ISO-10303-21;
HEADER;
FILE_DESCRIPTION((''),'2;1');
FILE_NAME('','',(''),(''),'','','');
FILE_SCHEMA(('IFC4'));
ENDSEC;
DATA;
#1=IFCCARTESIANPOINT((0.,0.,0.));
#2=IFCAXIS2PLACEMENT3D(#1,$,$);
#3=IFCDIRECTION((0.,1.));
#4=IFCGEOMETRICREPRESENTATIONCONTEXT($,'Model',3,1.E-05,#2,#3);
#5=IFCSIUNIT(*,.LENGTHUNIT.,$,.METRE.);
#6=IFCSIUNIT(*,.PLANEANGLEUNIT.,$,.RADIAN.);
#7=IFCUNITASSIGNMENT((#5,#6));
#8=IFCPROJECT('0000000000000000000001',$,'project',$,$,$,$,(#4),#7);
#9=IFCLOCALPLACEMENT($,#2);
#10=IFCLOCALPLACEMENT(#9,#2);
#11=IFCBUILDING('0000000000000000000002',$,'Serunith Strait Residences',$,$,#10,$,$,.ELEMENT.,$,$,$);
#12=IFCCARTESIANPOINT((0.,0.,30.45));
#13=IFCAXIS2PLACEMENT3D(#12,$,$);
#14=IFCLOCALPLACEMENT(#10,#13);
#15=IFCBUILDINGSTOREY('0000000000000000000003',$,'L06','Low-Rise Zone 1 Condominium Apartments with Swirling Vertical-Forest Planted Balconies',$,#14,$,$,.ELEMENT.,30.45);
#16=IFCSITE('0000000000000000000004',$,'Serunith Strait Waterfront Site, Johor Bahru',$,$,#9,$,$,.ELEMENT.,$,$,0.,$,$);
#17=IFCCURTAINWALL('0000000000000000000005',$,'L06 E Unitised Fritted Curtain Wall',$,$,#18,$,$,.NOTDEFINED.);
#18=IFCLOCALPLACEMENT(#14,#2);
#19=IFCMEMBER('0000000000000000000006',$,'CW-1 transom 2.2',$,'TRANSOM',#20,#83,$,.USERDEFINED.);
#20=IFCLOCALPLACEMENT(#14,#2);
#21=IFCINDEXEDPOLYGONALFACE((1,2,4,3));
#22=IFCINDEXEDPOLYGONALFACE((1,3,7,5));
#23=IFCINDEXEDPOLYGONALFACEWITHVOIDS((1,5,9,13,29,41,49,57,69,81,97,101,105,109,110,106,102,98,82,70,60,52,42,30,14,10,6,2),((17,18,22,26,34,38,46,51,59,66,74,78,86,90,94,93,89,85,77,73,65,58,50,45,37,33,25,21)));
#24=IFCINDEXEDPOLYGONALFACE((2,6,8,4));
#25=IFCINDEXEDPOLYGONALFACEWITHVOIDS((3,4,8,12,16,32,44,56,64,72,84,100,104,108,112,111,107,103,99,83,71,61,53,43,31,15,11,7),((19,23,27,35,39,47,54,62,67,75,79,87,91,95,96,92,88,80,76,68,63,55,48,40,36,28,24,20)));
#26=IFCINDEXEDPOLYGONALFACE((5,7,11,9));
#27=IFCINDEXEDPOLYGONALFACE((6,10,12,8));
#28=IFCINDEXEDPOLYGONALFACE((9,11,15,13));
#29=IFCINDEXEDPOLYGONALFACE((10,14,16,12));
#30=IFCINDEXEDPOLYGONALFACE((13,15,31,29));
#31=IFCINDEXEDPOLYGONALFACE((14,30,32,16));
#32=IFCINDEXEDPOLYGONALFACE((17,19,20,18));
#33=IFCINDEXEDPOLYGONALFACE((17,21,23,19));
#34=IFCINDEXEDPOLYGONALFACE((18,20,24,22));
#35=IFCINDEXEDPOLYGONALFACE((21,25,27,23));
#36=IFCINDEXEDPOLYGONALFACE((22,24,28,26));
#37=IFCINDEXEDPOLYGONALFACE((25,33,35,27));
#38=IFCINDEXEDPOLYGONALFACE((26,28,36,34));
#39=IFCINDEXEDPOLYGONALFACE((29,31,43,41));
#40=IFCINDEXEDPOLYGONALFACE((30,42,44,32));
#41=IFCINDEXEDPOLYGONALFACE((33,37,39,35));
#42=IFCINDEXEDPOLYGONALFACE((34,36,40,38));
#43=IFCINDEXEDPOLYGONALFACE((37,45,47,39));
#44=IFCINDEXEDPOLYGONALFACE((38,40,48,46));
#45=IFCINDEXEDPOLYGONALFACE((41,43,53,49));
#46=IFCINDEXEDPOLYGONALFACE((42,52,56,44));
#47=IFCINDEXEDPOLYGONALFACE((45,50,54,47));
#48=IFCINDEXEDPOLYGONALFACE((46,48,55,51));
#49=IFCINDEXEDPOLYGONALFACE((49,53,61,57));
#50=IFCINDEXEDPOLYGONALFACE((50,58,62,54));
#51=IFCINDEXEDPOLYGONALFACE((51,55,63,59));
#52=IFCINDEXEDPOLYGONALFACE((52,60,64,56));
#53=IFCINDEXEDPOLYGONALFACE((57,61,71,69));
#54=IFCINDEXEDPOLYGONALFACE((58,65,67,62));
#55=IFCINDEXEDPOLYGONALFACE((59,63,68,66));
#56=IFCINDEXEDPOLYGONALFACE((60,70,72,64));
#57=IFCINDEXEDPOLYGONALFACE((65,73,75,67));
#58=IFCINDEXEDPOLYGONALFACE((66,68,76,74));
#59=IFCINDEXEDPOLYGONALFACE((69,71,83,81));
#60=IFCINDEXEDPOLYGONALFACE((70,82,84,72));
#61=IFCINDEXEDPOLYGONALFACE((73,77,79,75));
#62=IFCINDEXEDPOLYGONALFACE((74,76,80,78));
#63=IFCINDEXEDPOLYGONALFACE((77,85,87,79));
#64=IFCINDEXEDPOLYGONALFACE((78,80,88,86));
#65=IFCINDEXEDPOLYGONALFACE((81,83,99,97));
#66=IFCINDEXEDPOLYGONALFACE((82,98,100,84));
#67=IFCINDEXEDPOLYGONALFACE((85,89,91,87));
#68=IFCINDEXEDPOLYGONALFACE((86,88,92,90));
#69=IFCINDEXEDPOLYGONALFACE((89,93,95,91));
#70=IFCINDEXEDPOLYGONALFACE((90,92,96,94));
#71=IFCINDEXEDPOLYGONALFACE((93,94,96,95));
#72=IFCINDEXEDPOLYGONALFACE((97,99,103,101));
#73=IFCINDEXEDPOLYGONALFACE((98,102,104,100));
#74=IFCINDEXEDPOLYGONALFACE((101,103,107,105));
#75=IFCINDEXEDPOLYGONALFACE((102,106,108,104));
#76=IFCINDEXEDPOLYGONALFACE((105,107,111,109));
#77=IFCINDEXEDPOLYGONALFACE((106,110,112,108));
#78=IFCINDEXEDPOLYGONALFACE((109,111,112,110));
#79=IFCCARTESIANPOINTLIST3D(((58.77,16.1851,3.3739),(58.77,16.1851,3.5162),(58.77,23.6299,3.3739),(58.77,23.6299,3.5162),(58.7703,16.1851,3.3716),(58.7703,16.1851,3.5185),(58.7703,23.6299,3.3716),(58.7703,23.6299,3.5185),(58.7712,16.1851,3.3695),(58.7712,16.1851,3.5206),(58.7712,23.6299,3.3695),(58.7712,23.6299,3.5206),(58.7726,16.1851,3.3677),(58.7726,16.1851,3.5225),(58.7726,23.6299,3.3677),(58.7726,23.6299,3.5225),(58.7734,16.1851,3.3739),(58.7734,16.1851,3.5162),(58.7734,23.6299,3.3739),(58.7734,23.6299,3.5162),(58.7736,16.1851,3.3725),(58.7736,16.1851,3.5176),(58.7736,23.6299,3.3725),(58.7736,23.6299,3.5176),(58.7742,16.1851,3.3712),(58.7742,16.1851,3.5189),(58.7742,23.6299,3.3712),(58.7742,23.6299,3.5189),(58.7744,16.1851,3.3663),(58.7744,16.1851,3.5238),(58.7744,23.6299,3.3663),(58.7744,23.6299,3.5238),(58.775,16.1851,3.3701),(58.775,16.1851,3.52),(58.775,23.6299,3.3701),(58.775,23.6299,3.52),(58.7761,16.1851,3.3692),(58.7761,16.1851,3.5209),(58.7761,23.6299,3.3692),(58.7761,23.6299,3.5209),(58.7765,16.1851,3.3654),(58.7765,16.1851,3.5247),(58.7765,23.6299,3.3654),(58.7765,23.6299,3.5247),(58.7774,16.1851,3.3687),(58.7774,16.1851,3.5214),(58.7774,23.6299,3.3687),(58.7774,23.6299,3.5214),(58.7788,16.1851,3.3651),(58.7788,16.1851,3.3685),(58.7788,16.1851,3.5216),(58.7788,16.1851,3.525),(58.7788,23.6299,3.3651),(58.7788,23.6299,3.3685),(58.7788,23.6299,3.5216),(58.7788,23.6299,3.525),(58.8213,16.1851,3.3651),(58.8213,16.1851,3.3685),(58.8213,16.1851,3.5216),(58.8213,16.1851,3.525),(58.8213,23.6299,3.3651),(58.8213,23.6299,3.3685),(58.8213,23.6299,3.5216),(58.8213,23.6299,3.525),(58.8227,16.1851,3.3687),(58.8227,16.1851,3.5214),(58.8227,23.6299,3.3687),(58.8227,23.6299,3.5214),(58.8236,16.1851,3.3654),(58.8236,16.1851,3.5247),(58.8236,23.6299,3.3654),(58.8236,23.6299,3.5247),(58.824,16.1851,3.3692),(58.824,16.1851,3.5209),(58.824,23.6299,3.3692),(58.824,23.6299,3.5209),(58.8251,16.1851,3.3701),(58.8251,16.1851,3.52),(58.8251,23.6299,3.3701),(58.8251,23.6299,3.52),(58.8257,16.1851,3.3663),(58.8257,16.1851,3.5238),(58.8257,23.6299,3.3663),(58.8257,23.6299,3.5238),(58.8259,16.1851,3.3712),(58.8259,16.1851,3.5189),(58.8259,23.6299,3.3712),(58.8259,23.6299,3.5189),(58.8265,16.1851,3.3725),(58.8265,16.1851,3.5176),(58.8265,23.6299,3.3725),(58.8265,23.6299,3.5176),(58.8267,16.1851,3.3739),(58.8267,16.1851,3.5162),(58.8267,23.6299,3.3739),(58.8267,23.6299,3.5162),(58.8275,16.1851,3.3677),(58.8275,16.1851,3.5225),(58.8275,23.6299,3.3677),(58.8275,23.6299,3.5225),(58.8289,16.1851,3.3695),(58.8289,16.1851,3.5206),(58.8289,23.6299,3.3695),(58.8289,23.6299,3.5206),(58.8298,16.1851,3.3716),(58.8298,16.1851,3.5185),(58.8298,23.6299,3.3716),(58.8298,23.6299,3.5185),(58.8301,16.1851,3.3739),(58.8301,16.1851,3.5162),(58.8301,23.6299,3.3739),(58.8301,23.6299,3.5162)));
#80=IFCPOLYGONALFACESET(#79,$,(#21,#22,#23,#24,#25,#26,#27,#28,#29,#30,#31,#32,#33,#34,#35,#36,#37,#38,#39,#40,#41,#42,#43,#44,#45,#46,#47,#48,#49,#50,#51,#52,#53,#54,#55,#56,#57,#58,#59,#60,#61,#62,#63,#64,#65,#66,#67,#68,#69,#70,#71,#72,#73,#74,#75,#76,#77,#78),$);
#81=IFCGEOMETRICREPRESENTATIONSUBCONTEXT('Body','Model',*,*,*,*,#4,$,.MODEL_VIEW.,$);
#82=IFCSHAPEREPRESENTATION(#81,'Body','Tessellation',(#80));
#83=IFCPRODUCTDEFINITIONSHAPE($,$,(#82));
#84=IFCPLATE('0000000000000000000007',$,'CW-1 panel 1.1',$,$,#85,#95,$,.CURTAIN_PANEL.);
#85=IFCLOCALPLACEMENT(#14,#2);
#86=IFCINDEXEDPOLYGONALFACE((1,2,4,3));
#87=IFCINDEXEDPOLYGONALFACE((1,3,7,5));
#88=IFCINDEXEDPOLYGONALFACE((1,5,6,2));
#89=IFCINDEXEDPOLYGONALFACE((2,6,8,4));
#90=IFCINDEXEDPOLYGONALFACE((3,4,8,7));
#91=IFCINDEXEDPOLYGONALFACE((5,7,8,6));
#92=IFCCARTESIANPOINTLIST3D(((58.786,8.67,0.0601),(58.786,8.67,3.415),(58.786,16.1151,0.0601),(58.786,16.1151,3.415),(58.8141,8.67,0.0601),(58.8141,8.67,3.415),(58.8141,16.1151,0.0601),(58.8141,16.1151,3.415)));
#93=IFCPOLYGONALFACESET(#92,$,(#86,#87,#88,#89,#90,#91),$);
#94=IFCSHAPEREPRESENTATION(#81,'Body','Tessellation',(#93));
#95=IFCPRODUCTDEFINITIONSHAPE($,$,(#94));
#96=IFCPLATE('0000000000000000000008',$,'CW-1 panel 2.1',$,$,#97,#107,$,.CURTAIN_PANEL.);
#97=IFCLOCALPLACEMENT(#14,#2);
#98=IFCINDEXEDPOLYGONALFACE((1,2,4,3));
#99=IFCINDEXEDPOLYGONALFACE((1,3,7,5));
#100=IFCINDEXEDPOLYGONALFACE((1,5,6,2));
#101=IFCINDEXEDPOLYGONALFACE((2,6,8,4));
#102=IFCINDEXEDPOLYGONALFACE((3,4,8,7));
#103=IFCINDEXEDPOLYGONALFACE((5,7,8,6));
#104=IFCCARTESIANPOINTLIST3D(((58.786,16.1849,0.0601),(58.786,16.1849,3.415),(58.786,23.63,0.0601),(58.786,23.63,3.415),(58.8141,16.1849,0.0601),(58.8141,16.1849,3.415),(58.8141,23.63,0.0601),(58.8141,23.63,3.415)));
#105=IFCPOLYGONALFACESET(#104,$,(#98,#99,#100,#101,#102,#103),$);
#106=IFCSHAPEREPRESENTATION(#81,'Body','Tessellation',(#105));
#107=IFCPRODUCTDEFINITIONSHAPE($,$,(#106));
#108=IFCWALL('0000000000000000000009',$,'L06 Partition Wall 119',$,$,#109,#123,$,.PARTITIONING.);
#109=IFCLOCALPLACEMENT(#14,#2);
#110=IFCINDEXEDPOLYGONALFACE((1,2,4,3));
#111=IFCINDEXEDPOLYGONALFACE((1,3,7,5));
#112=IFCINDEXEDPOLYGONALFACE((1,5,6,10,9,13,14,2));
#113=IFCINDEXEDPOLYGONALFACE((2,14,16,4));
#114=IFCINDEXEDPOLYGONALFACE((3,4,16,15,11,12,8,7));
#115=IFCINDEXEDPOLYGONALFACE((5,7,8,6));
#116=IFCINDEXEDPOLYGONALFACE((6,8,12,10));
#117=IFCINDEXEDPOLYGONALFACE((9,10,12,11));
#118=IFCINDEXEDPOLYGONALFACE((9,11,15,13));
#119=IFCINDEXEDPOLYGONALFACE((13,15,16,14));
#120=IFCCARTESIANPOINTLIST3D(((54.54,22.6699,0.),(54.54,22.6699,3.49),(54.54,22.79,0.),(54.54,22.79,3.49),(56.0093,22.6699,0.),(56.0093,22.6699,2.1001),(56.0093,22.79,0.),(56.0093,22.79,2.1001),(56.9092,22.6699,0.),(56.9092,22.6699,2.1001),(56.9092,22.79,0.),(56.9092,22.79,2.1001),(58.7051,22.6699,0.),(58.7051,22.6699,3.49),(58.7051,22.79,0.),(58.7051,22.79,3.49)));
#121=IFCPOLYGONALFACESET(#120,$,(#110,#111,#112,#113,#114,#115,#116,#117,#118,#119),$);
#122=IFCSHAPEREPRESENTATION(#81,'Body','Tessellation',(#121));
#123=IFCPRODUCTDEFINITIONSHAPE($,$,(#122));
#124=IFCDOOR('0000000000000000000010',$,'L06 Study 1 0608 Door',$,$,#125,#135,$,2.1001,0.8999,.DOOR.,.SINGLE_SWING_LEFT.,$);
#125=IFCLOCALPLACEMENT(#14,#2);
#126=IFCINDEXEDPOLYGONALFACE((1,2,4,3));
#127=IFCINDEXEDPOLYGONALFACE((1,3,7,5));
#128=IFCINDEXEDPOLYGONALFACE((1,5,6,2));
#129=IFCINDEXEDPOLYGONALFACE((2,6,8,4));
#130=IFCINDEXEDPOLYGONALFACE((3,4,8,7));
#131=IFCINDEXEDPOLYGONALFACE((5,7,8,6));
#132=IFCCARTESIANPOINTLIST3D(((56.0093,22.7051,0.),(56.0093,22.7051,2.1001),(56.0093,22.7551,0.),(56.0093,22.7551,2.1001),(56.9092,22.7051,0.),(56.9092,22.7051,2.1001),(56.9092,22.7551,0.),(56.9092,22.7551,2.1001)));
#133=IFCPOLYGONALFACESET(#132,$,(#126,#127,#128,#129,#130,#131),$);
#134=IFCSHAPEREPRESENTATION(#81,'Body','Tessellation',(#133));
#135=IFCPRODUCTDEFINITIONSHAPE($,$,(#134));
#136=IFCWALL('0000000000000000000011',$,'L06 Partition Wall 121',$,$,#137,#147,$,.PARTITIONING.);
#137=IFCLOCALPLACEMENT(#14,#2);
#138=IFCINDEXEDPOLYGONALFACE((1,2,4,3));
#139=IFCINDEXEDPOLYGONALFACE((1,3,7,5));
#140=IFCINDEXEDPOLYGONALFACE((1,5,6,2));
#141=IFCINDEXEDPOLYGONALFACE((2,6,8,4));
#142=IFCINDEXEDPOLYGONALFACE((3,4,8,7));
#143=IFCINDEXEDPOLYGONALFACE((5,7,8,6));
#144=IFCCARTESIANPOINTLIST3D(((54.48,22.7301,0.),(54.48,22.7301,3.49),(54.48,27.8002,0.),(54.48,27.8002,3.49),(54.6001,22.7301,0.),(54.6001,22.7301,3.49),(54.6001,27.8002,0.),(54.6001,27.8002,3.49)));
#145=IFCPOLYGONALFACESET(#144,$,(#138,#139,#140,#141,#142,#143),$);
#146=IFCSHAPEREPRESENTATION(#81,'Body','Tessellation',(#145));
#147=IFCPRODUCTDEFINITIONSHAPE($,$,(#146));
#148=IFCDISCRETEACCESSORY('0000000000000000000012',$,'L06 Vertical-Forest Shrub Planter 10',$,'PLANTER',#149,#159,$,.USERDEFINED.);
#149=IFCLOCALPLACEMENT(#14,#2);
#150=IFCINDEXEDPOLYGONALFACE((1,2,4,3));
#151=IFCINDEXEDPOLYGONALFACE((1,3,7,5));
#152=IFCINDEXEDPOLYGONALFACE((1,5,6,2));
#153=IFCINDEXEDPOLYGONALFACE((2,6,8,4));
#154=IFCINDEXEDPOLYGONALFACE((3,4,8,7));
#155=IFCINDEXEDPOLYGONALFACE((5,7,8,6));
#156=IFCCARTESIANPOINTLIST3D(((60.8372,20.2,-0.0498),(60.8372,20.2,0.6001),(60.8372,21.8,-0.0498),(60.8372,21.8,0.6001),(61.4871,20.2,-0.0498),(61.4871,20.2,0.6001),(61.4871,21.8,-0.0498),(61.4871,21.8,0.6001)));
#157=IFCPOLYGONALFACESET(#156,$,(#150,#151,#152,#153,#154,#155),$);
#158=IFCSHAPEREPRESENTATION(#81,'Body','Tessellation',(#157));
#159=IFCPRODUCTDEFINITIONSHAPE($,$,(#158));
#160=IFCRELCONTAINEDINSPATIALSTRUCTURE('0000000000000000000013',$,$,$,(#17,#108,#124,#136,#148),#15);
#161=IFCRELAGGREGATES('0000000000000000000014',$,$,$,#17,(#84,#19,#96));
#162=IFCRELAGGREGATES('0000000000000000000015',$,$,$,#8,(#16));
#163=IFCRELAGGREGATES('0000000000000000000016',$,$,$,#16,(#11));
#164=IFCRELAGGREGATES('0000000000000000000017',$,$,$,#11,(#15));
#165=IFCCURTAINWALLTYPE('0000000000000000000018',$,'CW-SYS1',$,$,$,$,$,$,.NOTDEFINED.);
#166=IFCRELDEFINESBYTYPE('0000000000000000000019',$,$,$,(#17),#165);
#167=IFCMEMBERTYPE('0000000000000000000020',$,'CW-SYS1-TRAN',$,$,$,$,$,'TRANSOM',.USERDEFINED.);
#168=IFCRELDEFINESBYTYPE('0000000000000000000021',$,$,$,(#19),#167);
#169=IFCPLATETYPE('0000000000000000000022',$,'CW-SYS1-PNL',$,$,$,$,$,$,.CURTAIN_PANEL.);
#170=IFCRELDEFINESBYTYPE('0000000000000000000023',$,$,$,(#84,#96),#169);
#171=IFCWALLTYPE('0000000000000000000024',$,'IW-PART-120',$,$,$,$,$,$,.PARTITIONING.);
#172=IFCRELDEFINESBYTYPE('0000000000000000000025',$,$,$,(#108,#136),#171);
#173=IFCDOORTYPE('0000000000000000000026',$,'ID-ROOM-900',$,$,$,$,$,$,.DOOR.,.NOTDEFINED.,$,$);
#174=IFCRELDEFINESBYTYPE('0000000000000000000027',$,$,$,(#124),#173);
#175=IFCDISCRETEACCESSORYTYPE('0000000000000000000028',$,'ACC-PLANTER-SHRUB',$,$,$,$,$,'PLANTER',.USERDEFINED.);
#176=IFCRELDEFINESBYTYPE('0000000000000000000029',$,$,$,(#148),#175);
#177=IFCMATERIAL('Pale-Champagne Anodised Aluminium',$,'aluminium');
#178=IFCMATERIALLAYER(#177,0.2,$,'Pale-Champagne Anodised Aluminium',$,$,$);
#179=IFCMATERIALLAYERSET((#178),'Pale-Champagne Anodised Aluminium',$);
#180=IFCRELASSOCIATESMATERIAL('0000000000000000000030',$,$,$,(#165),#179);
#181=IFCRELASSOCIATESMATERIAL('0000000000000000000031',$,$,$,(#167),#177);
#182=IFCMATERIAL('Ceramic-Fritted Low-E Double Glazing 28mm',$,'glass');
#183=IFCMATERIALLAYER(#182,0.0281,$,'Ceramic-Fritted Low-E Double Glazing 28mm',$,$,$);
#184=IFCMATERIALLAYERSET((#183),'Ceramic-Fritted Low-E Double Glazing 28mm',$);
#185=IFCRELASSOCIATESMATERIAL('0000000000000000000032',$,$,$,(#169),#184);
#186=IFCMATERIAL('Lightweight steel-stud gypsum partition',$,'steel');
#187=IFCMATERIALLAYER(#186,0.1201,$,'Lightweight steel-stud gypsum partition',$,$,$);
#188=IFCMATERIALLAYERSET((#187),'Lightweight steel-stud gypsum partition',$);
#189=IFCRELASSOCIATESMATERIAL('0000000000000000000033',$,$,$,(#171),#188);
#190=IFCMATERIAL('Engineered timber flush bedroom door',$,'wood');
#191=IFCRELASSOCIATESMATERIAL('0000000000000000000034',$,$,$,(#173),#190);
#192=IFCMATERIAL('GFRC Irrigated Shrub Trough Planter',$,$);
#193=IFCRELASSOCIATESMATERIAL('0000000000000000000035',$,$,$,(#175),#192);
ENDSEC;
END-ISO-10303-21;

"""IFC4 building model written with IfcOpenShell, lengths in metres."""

from ifc_helpers import new_model, si_unit, direction, frame, frame_2d, origin, origin_2d, place, context, subcontext, project, spatial, rectangle, hollow_rectangle, extrude, source, transform, mapped, material, layer, layer_set, material_profile, profile_set, type_object, element, fill, aggregate, save


model = new_model("IFC4")

# Units and contexts
model_context = context("Model", 3, precision=1e-05, world=origin(), true_north=direction((0.0, 1.0)))
body_context = subcontext(model_context, "Body", "Model", "MODEL_VIEW")
ifc_project = project(units=[si_unit("LENGTHUNIT", "METRE"), si_unit("PLANEANGLEUNIT", "RADIAN")], contexts=[model_context])

# Site, building, storey
site_placement = place(None, origin())
site = spatial("IfcSite", under=ifc_project, at=site_placement, Name="Serunith Strait Waterfront Site, Johor Bahru", CompositionType="ELEMENT", RefElevation=0.0)
building_placement = place(site_placement, origin())
building = spatial("IfcBuilding", under=site, at=building_placement, Name="Serunith Strait Residences", CompositionType="ELEMENT")
storey_placement = place(building_placement, frame((0.0, 0.0, 30.45)))
storey = spatial("IfcBuildingStorey", under=building, at=storey_placement, Name="L06", Description="Low-Rise Zone 1 Condominium Apartments with Swirling Vertical-Forest Planted Balconies", CompositionType="ELEMENT", Elevation=30.45)

# Curtain wall, member, plates
ifc_material_1 = material(Name="Pale-Champagne Anodised Aluminium", Category="aluminium")
ifc_layer_1 = layer(ifc_material_1, 0.2, Name="Pale-Champagne Anodised Aluminium")
ifc_layer_set_1 = layer_set([ifc_layer_1], Name="Pale-Champagne Anodised Aluminium")
curtain_wall_type = type_object("IfcCurtainWallType", Name="CW-SYS1", PredefinedType="NOTDEFINED", material=ifc_layer_set_1)
curtain_wall_placement = place(storey_placement, origin())
curtain_wall = element("IfcCurtainWall", 1, at=curtain_wall_placement, inside=storey, type_object=curtain_wall_type, Name="L06 E Unitised Fritted Curtain Wall", PredefinedType="NOTDEFINED")
ifc_material_profile_1 = material_profile(ifc_material_1, hollow_rectangle(XDim=0.0601, YDim=0.1599, WallThickness=0.0034, InnerFilletRadius=0.0054, OuterFilletRadius=0.0088, at=origin_2d()), Name="ALU 160x60x3.5")
ifc_profile_set_1 = profile_set([ifc_material_profile_1], Name="Pale-Champagne Anodised Aluminium")
member_type_1 = type_object("IfcMemberType", Name="CW-SYS1-TRAN", ElementType="TRANSOM", PredefinedType="USERDEFINED", material=ifc_profile_set_1)
shared_shape_1 = source(origin(), body_context, "Body", "SweptSolid", [
    extrude(hollow_rectangle(XDim=0.0601, YDim=0.1599, WallThickness=0.0034, InnerFilletRadius=0.0054, OuterFilletRadius=0.0088, at=origin_2d()), origin(), (0.0, 0.0, 1.0), 7.4448),
])
member_1_placement = place(storey_placement, frame((58.8, 16.1851, 3.4451), z_axis=(0.0, 1.0, 0.0), x_axis=(-1.0, 0.0, 0.0)))
member_1 = element("IfcMember", 2, at=member_1_placement, type_object=member_type_1, Name="CW-1 transom 2.2", ObjectType="TRANSOM", PredefinedType="USERDEFINED", context=body_context, shape_type="MappedRepresentation", body=[
    mapped(shared_shape_1, transform((0.0, 0.0, 0.0), scale=1.0)),
])
ifc_material_2 = material(Name="Ceramic-Fritted Low-E Double Glazing 28mm", Category="glass")
ifc_layer_2 = layer(ifc_material_2, 0.0281, Name="Ceramic-Fritted Low-E Double Glazing 28mm")
ifc_layer_set_2 = layer_set([ifc_layer_2], Name="Ceramic-Fritted Low-E Double Glazing 28mm")
plate_type = type_object("IfcPlateType", Name="CW-SYS1-PNL", PredefinedType="CURTAIN_PANEL", material=ifc_layer_set_2)
shared_shape_2 = source(origin(), body_context, "Body", "SweptSolid", [
    extrude(rectangle(XDim=7.4451, YDim=0.0281, at=origin_2d()), origin(), (0.0, 0.0, 1.0), 3.355),
])
plate_1_placement = place(storey_placement, frame((58.8, 12.3926, 0.0601), z_axis=(0.0, 0.0, 1.0), x_axis=(0.0, 1.0, 0.0)))
plate_1 = element("IfcPlate", 3, at=plate_1_placement, type_object=plate_type, Name="CW-1 panel 1.1", PredefinedType="CURTAIN_PANEL", context=body_context, shape_type="MappedRepresentation", body=[
    mapped(shared_shape_2, transform((0.0, 0.0, 0.0), scale=1.0)),
])
plate_2_placement = place(storey_placement, frame((58.8, 19.9075, 0.0601), z_axis=(0.0, 0.0, 1.0), x_axis=(0.0, 1.0, 0.0)))
plate_2 = element("IfcPlate", 4, at=plate_2_placement, type_object=plate_type, Name="CW-1 panel 2.1", PredefinedType="CURTAIN_PANEL", context=body_context, shape_type="MappedRepresentation", body=[
    mapped(shared_shape_2, transform((0.0, 0.0, 0.0), scale=1.0)),
])
aggregate(curtain_wall, [plate_1, member_1, plate_2])

# Wall, opening, door
ifc_material_3 = material(Name="Lightweight steel-stud gypsum partition", Category="steel")
ifc_layer_3 = layer(ifc_material_3, 0.1201, Name="Lightweight steel-stud gypsum partition")
ifc_layer_set_3 = layer_set([ifc_layer_3], Name="Lightweight steel-stud gypsum partition")
wall_type = type_object("IfcWallType", Name="IW-PART-120", PredefinedType="PARTITIONING", material=ifc_layer_set_3)
wall_1_placement = place(storey_placement, frame((58.7051, 22.73, 0.0), z_axis=(0.0, 0.0, 1.0), x_axis=(-1.0, 0.0, 0.0)))
wall_1 = element("IfcWall", 5, at=wall_1_placement, inside=storey, type_object=wall_type, Name="L06 Partition Wall 119", PredefinedType="PARTITIONING", context=body_context, shape_type="SweptSolid", body=[
    extrude(rectangle(XDim=4.165, YDim=0.1201, at=frame_2d((2.0825, 0.0))), origin(), (0.0, 0.0, 1.0), 3.49),
])
opening_placement = place(wall_1_placement, frame((1.7959, 0.0, 0.0)))
opening = element("IfcOpeningElement", 6, at=opening_placement, cuts=wall_1, PredefinedType="OPENING", context=body_context, shape_type="SweptSolid", body=[
    extrude(rectangle(XDim=0.8999, YDim=2.1001, at=frame_2d((0.45, 1.05))), frame((0.0, 0.0701, 0.0), z_axis=(0.0, -1.0, 0.0), x_axis=(1.0, 0.0, 0.0)), (0.0, 0.0, 1.0), 0.1401),
])
ifc_material_4 = material(Name="Engineered timber flush bedroom door", Category="wood")
door_type = type_object("IfcDoorType", Name="ID-ROOM-900", OperationType="NOTDEFINED", PredefinedType="DOOR", material=ifc_material_4)
shared_shape_3 = source(origin(), body_context, "Body", "SweptSolid", [
    extrude(rectangle(XDim=0.8999, YDim=2.1001, at=frame_2d((0.45, 1.05))), frame((0.0, 0.0249, 0.0), z_axis=(0.0, -1.0, 0.0), x_axis=(1.0, 0.0, 0.0)), (0.0, 0.0, 1.0), 0.05),
])
door_placement = place(opening_placement, origin())
door = element("IfcDoor", 7, at=door_placement, inside=storey, type_object=door_type, Name="L06 Study 1 0608 Door", OperationType="SINGLE_SWING_LEFT", OverallHeight=2.1001, OverallWidth=0.8999, PredefinedType="DOOR", context=body_context, shape_type="MappedRepresentation", body=[
    mapped(shared_shape_3, transform((0.0, 0.0, 0.0), scale=1.0)),
])
fill(opening, door)

# Wall
wall_2_placement = place(storey_placement, frame((54.54, 22.73, 0.0), z_axis=(0.0, 0.0, 1.0), x_axis=(0.0, 1.0, 0.0)))
element("IfcWall", 8, at=wall_2_placement, inside=storey, type_object=wall_type, Name="L06 Partition Wall 121", PredefinedType="PARTITIONING", context=body_context, shape_type="SweptSolid", body=[
    extrude(rectangle(XDim=5.0701, YDim=0.1201, at=frame_2d((2.5352, 0.0))), origin(), (0.0, 0.0, 1.0), 3.49),
])

# Discrete accessory
ifc_material_5 = material(Name="GFRC Irrigated Shrub Trough Planter")
discrete_accessory_type = type_object("IfcDiscreteAccessoryType", Name="ACC-PLANTER-SHRUB", ElementType="PLANTER", PredefinedType="USERDEFINED", material=ifc_material_5)
shared_shape_4 = source(origin(), body_context, "Body", "SweptSolid", [
    extrude(rectangle(XDim=1.6001, YDim=0.6499, at=origin_2d()), origin(), (0.0, 0.0, 1.0), 0.6499),
])
discrete_accessory_placement = place(storey_placement, frame((61.1621, 21.0, -0.0498), z_axis=(0.0, 0.0, 1.0), x_axis=(0.0, 1.0, 0.0)))
element("IfcDiscreteAccessory", 9, at=discrete_accessory_placement, inside=storey, type_object=discrete_accessory_type, Name="L06 Vertical-Forest Shrub Planter 10", ObjectType="PLANTER", PredefinedType="USERDEFINED", context=body_context, shape_type="MappedRepresentation", body=[
    mapped(shared_shape_4, transform((0.0, 0.0, 0.0), scale=1.0)),
])

save(model, "model.ifc")
